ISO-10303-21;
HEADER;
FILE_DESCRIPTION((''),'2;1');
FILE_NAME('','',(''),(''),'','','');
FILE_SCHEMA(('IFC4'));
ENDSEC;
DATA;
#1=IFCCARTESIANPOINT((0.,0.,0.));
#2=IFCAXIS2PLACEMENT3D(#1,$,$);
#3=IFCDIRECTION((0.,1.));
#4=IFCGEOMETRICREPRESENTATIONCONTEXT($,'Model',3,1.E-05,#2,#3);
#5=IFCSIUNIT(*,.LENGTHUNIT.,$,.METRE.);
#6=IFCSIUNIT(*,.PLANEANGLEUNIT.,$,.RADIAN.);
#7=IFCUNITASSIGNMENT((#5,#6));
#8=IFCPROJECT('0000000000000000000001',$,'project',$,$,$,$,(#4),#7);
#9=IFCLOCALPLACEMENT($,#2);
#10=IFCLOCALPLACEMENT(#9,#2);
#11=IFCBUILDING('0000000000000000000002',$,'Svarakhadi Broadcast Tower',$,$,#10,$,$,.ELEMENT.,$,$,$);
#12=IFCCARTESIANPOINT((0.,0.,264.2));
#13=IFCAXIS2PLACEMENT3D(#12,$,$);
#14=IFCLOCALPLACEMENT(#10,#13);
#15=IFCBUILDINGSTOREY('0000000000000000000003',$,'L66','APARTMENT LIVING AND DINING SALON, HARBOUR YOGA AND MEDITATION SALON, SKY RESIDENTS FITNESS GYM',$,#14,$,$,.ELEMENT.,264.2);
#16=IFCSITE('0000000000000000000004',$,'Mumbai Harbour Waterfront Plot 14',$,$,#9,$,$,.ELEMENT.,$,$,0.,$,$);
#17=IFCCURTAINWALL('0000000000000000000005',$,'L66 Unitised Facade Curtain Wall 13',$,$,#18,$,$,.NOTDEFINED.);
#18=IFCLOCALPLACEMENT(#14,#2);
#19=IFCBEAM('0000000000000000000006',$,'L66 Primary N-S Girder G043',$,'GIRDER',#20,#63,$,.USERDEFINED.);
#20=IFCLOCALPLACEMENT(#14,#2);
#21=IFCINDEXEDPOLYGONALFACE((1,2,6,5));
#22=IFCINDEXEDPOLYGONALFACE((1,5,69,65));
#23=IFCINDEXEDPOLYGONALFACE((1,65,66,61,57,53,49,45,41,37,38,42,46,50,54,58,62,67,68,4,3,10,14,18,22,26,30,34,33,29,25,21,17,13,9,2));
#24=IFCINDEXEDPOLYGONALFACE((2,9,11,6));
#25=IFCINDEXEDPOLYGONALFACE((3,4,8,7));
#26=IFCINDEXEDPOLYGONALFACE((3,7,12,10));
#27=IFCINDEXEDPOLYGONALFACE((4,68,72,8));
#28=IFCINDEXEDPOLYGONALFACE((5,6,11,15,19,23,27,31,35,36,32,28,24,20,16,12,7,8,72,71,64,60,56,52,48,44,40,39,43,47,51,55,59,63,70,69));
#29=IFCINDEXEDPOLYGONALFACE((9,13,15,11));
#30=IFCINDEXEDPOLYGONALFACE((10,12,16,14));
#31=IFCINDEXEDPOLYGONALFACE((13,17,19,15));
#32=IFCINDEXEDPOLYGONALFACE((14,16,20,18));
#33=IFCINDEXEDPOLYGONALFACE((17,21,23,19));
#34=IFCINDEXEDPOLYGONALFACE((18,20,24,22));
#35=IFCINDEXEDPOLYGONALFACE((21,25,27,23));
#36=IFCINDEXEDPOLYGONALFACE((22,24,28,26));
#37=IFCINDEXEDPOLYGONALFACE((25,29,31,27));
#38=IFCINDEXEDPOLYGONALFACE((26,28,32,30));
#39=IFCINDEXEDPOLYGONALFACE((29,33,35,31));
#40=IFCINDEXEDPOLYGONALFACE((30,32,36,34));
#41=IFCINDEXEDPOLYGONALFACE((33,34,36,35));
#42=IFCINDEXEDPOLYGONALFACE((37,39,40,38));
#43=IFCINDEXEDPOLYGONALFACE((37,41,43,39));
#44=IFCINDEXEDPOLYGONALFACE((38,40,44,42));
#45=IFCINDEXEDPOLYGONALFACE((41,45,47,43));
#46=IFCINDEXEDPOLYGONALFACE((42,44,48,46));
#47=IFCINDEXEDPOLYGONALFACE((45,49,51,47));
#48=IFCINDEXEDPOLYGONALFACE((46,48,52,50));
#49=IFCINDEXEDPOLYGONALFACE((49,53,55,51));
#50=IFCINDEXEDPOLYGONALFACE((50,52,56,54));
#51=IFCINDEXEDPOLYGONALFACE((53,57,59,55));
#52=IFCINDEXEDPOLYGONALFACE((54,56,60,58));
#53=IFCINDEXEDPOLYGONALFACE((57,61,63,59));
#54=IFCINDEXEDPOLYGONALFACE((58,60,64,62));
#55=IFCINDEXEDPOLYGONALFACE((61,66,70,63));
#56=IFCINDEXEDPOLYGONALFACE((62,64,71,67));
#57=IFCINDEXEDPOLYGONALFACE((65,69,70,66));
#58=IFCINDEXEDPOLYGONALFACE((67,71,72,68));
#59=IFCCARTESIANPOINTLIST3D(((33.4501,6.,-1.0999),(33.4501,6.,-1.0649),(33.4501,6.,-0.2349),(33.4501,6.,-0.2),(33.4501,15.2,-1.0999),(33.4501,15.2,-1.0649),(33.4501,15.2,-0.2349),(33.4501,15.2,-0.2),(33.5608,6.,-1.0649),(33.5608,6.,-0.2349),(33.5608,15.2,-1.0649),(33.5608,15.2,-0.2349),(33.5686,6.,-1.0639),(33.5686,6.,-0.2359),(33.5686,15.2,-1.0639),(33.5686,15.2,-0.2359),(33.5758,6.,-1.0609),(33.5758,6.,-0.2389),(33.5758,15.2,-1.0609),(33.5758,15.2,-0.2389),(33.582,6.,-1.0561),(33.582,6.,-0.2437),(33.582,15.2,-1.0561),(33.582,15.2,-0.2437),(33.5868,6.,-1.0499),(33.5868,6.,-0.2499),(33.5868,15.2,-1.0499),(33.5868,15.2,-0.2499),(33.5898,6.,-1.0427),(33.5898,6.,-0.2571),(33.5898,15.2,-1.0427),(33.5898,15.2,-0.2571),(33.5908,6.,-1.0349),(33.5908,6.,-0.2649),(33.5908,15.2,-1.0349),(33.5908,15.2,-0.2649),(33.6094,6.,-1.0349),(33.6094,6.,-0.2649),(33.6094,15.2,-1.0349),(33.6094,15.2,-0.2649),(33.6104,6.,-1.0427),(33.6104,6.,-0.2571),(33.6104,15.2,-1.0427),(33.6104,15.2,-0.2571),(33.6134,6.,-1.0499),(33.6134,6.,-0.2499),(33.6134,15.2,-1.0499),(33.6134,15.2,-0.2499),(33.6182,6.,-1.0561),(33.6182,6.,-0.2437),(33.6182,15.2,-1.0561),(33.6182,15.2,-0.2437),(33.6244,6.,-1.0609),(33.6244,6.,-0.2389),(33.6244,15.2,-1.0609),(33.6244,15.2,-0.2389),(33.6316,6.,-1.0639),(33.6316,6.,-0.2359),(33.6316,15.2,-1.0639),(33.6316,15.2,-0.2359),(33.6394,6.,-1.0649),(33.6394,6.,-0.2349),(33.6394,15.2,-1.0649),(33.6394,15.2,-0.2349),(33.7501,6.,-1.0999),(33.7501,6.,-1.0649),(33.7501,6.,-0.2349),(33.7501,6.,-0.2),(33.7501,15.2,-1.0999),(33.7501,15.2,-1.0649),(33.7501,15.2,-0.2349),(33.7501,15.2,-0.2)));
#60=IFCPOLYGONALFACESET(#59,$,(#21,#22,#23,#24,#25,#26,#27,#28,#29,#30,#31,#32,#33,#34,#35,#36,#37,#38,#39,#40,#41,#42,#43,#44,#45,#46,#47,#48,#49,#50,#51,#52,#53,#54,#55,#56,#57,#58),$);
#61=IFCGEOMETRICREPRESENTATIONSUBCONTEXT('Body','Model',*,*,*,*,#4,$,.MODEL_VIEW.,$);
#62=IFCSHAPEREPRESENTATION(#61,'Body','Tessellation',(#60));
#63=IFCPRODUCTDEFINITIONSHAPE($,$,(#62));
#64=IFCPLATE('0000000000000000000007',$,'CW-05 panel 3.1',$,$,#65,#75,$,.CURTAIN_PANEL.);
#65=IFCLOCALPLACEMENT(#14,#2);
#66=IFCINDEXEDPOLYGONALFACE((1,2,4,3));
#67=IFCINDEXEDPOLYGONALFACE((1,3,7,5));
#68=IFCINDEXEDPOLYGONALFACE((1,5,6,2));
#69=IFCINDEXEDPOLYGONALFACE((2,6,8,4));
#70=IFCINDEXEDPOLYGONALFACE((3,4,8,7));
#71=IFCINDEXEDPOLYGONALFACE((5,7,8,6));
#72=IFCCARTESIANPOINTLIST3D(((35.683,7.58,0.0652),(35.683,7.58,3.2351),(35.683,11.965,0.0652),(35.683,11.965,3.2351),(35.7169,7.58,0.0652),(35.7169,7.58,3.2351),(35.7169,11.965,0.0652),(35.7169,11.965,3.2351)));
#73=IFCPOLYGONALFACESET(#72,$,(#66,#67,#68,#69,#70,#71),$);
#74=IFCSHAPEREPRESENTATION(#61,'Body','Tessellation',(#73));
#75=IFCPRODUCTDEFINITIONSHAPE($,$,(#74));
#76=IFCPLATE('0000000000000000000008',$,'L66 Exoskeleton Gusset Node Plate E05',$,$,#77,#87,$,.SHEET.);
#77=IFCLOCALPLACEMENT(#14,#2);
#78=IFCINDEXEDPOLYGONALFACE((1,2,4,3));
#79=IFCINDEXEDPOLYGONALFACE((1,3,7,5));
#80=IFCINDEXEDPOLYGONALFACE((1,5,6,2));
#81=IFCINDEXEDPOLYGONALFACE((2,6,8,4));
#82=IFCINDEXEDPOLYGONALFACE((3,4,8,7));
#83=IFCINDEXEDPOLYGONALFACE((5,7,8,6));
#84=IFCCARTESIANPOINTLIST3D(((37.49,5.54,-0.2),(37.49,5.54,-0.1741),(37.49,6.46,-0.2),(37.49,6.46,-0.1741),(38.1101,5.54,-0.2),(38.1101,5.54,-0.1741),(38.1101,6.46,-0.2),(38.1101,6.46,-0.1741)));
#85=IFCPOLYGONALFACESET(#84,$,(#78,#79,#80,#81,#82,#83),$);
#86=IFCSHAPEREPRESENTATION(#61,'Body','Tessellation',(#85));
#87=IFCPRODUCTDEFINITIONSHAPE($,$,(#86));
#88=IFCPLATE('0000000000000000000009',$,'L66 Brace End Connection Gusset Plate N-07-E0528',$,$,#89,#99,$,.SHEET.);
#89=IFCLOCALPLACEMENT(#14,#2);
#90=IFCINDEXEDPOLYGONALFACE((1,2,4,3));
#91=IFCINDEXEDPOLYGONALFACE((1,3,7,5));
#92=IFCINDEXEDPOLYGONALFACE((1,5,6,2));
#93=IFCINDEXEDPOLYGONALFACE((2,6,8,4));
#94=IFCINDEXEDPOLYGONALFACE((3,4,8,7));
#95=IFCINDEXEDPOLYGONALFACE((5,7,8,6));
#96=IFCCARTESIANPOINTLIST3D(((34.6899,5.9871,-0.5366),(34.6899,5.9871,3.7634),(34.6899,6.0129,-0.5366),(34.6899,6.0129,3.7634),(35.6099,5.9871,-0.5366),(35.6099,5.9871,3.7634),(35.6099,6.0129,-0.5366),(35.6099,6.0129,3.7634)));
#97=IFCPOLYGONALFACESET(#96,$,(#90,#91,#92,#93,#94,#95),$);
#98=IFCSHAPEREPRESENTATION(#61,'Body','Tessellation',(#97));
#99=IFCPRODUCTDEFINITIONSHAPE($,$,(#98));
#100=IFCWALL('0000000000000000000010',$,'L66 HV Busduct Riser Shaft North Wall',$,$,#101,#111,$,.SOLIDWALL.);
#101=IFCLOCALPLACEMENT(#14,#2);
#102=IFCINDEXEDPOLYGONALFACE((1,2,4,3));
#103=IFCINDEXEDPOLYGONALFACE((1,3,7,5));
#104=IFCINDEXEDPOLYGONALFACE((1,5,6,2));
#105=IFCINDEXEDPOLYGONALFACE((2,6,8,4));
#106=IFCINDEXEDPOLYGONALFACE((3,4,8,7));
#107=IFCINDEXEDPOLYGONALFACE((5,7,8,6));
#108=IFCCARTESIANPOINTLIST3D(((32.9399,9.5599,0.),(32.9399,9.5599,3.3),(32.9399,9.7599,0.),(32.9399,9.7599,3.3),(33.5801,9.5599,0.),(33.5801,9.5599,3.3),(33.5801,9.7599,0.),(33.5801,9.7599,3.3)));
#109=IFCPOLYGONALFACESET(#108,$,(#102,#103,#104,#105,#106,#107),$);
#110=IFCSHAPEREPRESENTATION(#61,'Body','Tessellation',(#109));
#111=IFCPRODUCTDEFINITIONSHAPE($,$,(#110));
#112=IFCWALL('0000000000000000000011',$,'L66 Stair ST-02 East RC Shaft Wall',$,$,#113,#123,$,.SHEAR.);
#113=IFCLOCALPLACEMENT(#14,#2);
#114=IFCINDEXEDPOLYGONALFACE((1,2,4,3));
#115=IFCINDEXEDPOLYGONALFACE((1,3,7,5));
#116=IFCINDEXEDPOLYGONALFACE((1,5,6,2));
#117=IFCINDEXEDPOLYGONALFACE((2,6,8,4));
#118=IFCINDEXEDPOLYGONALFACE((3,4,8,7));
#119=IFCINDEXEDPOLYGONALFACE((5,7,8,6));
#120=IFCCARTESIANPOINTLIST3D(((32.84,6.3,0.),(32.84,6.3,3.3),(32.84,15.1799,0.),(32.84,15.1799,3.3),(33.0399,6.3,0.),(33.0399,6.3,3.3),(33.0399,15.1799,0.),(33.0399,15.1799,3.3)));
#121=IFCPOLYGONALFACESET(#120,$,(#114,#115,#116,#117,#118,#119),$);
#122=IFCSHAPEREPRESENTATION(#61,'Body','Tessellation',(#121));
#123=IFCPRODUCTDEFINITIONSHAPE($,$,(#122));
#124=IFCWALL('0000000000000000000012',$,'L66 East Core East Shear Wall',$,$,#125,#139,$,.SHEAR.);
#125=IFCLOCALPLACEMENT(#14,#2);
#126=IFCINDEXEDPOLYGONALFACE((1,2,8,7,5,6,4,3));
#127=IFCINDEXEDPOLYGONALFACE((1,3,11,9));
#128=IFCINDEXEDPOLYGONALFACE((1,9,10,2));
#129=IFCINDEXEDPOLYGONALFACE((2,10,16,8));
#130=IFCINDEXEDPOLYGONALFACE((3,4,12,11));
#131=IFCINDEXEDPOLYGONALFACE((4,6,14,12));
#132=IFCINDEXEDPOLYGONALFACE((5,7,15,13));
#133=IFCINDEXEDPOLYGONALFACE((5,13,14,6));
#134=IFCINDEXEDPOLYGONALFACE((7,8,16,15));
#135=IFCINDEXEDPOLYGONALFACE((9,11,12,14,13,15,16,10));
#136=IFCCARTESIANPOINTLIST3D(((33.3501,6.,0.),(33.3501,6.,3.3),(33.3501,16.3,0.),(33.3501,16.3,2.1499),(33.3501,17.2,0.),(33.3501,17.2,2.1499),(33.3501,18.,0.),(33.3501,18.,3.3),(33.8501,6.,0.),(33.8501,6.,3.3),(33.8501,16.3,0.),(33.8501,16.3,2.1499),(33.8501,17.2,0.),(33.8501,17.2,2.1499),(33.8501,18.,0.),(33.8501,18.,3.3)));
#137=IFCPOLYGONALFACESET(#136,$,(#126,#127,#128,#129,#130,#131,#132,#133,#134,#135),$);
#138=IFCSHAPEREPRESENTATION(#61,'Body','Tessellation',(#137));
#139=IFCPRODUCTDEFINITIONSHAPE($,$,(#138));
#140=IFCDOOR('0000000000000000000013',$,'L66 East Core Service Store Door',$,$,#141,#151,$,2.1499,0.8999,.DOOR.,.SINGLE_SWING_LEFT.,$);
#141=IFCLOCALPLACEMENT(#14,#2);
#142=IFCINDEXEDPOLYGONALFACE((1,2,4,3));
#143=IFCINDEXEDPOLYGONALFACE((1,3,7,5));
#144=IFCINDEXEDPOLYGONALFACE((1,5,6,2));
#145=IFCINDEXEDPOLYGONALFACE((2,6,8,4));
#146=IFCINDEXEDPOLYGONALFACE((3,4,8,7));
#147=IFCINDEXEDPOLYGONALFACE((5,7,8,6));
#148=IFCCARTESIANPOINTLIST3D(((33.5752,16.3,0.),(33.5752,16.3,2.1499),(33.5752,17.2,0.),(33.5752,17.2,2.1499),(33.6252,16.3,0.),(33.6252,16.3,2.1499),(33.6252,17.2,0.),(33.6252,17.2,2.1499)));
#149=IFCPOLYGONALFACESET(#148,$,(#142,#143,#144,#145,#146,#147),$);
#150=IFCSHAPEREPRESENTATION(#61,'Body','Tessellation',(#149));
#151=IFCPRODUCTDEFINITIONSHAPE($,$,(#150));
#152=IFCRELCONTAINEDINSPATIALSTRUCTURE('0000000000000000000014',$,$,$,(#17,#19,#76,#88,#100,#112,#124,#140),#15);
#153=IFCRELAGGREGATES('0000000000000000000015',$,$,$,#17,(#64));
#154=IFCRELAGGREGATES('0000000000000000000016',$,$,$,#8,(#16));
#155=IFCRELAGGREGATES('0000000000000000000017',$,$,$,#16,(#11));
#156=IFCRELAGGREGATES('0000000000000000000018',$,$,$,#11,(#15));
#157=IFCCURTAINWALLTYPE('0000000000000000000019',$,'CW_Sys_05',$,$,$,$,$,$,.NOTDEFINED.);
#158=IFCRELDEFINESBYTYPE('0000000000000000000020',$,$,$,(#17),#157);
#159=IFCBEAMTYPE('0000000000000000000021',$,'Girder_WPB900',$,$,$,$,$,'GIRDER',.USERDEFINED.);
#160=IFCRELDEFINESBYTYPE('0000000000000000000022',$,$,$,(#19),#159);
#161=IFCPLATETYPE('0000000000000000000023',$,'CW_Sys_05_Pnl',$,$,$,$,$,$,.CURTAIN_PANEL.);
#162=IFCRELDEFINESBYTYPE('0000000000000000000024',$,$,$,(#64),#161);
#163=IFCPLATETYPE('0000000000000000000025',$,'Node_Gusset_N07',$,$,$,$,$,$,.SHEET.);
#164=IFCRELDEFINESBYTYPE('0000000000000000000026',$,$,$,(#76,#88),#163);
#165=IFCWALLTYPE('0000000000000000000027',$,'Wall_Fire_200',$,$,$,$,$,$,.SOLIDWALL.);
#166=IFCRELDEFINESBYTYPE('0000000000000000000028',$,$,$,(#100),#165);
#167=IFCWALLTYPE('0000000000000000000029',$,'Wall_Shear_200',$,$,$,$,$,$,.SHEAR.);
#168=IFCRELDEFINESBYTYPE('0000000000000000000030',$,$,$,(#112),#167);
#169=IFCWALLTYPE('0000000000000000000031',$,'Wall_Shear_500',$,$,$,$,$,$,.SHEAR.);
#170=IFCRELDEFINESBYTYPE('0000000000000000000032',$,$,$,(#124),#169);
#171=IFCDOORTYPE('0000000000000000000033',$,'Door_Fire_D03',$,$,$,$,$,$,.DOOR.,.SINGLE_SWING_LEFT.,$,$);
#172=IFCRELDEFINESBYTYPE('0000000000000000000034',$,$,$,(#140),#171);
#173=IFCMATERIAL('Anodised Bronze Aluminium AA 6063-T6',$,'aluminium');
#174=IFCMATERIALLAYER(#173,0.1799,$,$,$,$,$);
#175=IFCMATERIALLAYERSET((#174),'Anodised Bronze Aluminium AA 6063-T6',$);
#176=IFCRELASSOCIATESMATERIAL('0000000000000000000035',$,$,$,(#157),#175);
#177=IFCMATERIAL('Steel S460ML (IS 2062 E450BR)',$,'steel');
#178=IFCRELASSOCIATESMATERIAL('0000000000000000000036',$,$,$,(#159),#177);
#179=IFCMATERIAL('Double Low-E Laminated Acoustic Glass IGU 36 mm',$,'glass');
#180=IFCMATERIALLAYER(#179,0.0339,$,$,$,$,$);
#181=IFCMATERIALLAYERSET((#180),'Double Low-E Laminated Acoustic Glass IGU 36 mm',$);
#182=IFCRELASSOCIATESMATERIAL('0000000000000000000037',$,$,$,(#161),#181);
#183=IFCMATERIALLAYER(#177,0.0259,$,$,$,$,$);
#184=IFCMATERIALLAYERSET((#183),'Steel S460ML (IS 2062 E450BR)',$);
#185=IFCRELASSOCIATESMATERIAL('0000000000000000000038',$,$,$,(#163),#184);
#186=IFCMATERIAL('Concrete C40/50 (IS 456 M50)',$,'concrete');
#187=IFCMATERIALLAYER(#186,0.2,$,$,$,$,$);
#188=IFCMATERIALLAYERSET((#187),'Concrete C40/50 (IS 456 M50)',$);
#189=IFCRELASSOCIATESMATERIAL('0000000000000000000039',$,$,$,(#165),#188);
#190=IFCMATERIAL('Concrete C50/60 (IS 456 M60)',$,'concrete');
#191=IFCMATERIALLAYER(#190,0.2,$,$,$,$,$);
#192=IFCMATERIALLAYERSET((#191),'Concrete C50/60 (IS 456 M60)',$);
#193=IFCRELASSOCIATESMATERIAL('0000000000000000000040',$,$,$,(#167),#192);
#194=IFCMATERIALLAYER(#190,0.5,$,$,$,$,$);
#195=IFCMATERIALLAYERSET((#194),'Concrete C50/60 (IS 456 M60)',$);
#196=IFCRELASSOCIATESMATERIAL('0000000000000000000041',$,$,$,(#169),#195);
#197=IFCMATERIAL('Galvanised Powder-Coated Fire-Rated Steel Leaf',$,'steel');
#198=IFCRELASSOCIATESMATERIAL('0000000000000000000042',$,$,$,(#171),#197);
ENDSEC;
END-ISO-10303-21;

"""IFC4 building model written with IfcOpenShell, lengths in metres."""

from ifc_helpers import new_model, si_unit, direction, frame, frame_2d, origin, origin_2d, place, context, subcontext, project, spatial, rectangle, i_section, extrude, material, layer, layer_set, material_profile, profile_set, type_object, element, fill, aggregate, save


model = new_model("IFC4")

# Units and contexts
model_context = context("Model", 3, precision=1e-05, world=origin(), true_north=direction((0.0, 1.0)))
body_context = subcontext(model_context, "Body", "Model", "MODEL_VIEW")
ifc_project = project(units=[si_unit("LENGTHUNIT", "METRE"), si_unit("PLANEANGLEUNIT", "RADIAN")], contexts=[model_context])

# Site, building, storey
site_placement = place(None, origin())
site = spatial("IfcSite", under=ifc_project, at=site_placement, Name="Mumbai Harbour Waterfront Plot 14", CompositionType="ELEMENT", RefElevation=0.0)
building_placement = place(site_placement, origin())
building = spatial("IfcBuilding", under=site, at=building_placement, Name="Svarakhadi Broadcast Tower", CompositionType="ELEMENT")
storey_placement = place(building_placement, frame((0.0, 0.0, 264.2)))
storey = spatial("IfcBuildingStorey", under=building, at=storey_placement, Name="L66", Description="APARTMENT LIVING AND DINING SALON, HARBOUR YOGA AND MEDITATION SALON, SKY RESIDENTS FITNESS GYM", CompositionType="ELEMENT", Elevation=264.2)

# Shared definitions
ifc_material_1 = material(Name="Steel S460ML (IS 2062 E450BR)", Category="steel")

# Curtain wall
ifc_material_2 = material(Name="Anodised Bronze Aluminium AA 6063-T6", Category="aluminium")
ifc_layer_1 = layer(ifc_material_2, 0.1799)
ifc_layer_set_1 = layer_set([ifc_layer_1], Name="Anodised Bronze Aluminium AA 6063-T6")
curtain_wall_type = type_object("IfcCurtainWallType", Name="CW_Sys_05", PredefinedType="NOTDEFINED", material=ifc_layer_set_1)
curtain_wall_placement = place(storey_placement, origin())
curtain_wall = element("IfcCurtainWall", 1, at=curtain_wall_placement, inside=storey, type_object=curtain_wall_type, Name="L66 Unitised Facade Curtain Wall 13", PredefinedType="NOTDEFINED")

# Beam
ifc_material_profile_1 = material_profile(ifc_material_1, i_section(OverallWidth=0.3, OverallDepth=0.8999, WebThickness=0.0186, FlangeThickness=0.0349, FilletRadius=0.03, at=origin_2d()), Name="WPB 900x300x291")
ifc_profile_set_1 = profile_set([ifc_material_profile_1], Name="Steel S460ML (IS 2062 E450BR)")
beam_type_1 = type_object("IfcBeamType", Name="Girder_WPB900", ElementType="GIRDER", PredefinedType="USERDEFINED", material=ifc_profile_set_1)
beam_1_placement = place(storey_placement, frame((33.6001, 6.0, -0.6499), z_axis=(0.0, 1.0, 0.0), x_axis=(-1.0, 0.0, 0.0)))
element("IfcBeam", 2, at=beam_1_placement, inside=storey, type_object=beam_type_1, Name="L66 Primary N-S Girder G043", ObjectType="GIRDER", PredefinedType="USERDEFINED", context=body_context, shape_type="SweptSolid", body=[
    extrude(i_section(OverallWidth=0.3, OverallDepth=0.8999, WebThickness=0.0186, FlangeThickness=0.0349, FilletRadius=0.03, at=origin_2d()), origin(), (0.0, 0.0, 1.0), 9.2),
])

# Plate
ifc_material_3 = material(Name="Double Low-E Laminated Acoustic Glass IGU 36 mm", Category="glass")
ifc_layer_2 = layer(ifc_material_3, 0.0339)
ifc_layer_set_2 = layer_set([ifc_layer_2], Name="Double Low-E Laminated Acoustic Glass IGU 36 mm")
plate_type_1 = type_object("IfcPlateType", Name="CW_Sys_05_Pnl", PredefinedType="CURTAIN_PANEL", material=ifc_layer_set_2)
plate_1_placement = place(storey_placement, frame((35.7, 9.7725, 0.0652), z_axis=(0.0, 0.0, 1.0), x_axis=(0.0, -1.0, 0.0)))
plate_1 = element("IfcPlate", 3, at=plate_1_placement, type_object=plate_type_1, Name="CW-05 panel 3.1", PredefinedType="CURTAIN_PANEL", context=body_context, shape_type="SweptSolid", body=[
    extrude(rectangle(XDim=4.385, YDim=0.0339, at=origin_2d()), origin(), (0.0, 0.0, 1.0), 3.1699),
])
aggregate(curtain_wall, [plate_1])

# Plates
ifc_layer_3 = layer(ifc_material_1, 0.0259)
ifc_layer_set_3 = layer_set([ifc_layer_3], Name="Steel S460ML (IS 2062 E450BR)")
plate_type_2 = type_object("IfcPlateType", Name="Node_Gusset_N07", PredefinedType="SHEET", material=ifc_layer_set_3)
plate_2_placement = place(storey_placement, frame((37.8, 6.0, -0.2), z_axis=(0.0, 0.0, 1.0), x_axis=(0.0, 1.0, 0.0)))
element("IfcPlate", 4, at=plate_2_placement, inside=storey, type_object=plate_type_2, Name="L66 Exoskeleton Gusset Node Plate E05", PredefinedType="SHEET", context=body_context, shape_type="SweptSolid", body=[
    extrude(rectangle(XDim=0.9199, YDim=0.6201, at=origin_2d()), origin(), (0.0, 0.0, 1.0), 0.0259),
])
plate_3_placement = place(storey_placement, frame((35.1499, 6.0, -0.5366), z_axis=(0.0, 0.0, 1.0), x_axis=(1.0, 0.0, 0.0)))
element("IfcPlate", 5, at=plate_3_placement, inside=storey, type_object=plate_type_2, Name="L66 Brace End Connection Gusset Plate N-07-E0528", PredefinedType="SHEET", context=body_context, shape_type="SweptSolid", body=[
    extrude(rectangle(XDim=0.9199, YDim=0.0259, at=origin_2d()), origin(), (0.0, 0.0, 1.0), 4.3),
])

# Walls
ifc_material_4 = material(Name="Concrete C40/50 (IS 456 M50)", Category="concrete")
ifc_layer_4 = layer(ifc_material_4, 0.2)
ifc_layer_set_4 = layer_set([ifc_layer_4], Name="Concrete C40/50 (IS 456 M50)")
wall_type_1 = type_object("IfcWallType", Name="Wall_Fire_200", PredefinedType="SOLIDWALL", material=ifc_layer_set_4)
wall_1_placement = place(storey_placement, frame((32.9399, 9.6599, 0.0), z_axis=(0.0, 0.0, 1.0), x_axis=(1.0, 0.0, 0.0)))
element("IfcWall", 6, at=wall_1_placement, inside=storey, type_object=wall_type_1, Name="L66 HV Busduct Riser Shaft North Wall", PredefinedType="SOLIDWALL", context=body_context, shape_type="SweptSolid", body=[
    extrude(rectangle(XDim=0.6401, YDim=0.2, at=frame_2d((0.3201, 0.0))), origin(), (0.0, 0.0, 1.0), 3.3),
])
ifc_material_5 = material(Name="Concrete C50/60 (IS 456 M60)", Category="concrete")
ifc_layer_5 = layer(ifc_material_5, 0.2)
ifc_layer_set_5 = layer_set([ifc_layer_5], Name="Concrete C50/60 (IS 456 M60)")
wall_type_2 = type_object("IfcWallType", Name="Wall_Shear_200", PredefinedType="SHEAR", material=ifc_layer_set_5)
wall_2_placement = place(storey_placement, frame((32.9399, 6.3, 0.0), z_axis=(0.0, 0.0, 1.0), x_axis=(0.0, 1.0, 0.0)))
element("IfcWall", 7, at=wall_2_placement, inside=storey, type_object=wall_type_2, Name="L66 Stair ST-02 East RC Shaft Wall", PredefinedType="SHEAR", context=body_context, shape_type="SweptSolid", body=[
    extrude(rectangle(XDim=8.8799, YDim=0.2, at=frame_2d((4.4399, 0.0))), origin(), (0.0, 0.0, 1.0), 3.3),
])

# Wall, opening, door
ifc_layer_6 = layer(ifc_material_5, 0.5)
ifc_layer_set_6 = layer_set([ifc_layer_6], Name="Concrete C50/60 (IS 456 M60)")
wall_type_3 = type_object("IfcWallType", Name="Wall_Shear_500", PredefinedType="SHEAR", material=ifc_layer_set_6)
wall_3_placement = place(storey_placement, frame((33.6001, 6.0, 0.0), z_axis=(0.0, 0.0, 1.0), x_axis=(0.0, 1.0, 0.0)))
wall_3 = element("IfcWall", 8, at=wall_3_placement, inside=storey, type_object=wall_type_3, Name="L66 East Core East Shear Wall", PredefinedType="SHEAR", context=body_context, shape_type="SweptSolid", body=[
    extrude(rectangle(XDim=12.0, YDim=0.5, at=frame_2d((6.0, 0.0))), origin(), (0.0, 0.0, 1.0), 3.3),
])
opening_placement = place(wall_3_placement, frame((10.3, 0.0, 0.0)))
opening = element("IfcOpeningElement", 9, at=opening_placement, cuts=wall_3, PredefinedType="OPENING", context=body_context, shape_type="SweptSolid", body=[
    extrude(rectangle(XDim=0.8999, YDim=2.1499, at=frame_2d((0.45, 1.075))), frame((0.0, 0.26, 0.0), z_axis=(0.0, -1.0, 0.0), x_axis=(1.0, 0.0, 0.0)), (0.0, 0.0, 1.0), 0.52),
])
ifc_material_6 = material(Name="Galvanised Powder-Coated Fire-Rated Steel Leaf", Category="steel")
door_type = type_object("IfcDoorType", Name="Door_Fire_D03", OperationType="SINGLE_SWING_LEFT", PredefinedType="DOOR", material=ifc_material_6)
door_placement = place(opening_placement, origin())
door = element("IfcDoor", 10, at=door_placement, inside=storey, type_object=door_type, Name="L66 East Core Service Store Door", OperationType="SINGLE_SWING_LEFT", OverallHeight=2.1499, OverallWidth=0.8999, PredefinedType="DOOR", context=body_context, shape_type="SweptSolid", body=[
    extrude(rectangle(XDim=0.8999, YDim=2.1499, at=frame_2d((0.45, 1.075))), frame((0.0, 0.0249, 0.0), z_axis=(0.0, -1.0, 0.0), x_axis=(1.0, 0.0, 0.0)), (0.0, 0.0, 1.0), 0.05),
])
fill(opening, door)

save(model, "model.ifc")
